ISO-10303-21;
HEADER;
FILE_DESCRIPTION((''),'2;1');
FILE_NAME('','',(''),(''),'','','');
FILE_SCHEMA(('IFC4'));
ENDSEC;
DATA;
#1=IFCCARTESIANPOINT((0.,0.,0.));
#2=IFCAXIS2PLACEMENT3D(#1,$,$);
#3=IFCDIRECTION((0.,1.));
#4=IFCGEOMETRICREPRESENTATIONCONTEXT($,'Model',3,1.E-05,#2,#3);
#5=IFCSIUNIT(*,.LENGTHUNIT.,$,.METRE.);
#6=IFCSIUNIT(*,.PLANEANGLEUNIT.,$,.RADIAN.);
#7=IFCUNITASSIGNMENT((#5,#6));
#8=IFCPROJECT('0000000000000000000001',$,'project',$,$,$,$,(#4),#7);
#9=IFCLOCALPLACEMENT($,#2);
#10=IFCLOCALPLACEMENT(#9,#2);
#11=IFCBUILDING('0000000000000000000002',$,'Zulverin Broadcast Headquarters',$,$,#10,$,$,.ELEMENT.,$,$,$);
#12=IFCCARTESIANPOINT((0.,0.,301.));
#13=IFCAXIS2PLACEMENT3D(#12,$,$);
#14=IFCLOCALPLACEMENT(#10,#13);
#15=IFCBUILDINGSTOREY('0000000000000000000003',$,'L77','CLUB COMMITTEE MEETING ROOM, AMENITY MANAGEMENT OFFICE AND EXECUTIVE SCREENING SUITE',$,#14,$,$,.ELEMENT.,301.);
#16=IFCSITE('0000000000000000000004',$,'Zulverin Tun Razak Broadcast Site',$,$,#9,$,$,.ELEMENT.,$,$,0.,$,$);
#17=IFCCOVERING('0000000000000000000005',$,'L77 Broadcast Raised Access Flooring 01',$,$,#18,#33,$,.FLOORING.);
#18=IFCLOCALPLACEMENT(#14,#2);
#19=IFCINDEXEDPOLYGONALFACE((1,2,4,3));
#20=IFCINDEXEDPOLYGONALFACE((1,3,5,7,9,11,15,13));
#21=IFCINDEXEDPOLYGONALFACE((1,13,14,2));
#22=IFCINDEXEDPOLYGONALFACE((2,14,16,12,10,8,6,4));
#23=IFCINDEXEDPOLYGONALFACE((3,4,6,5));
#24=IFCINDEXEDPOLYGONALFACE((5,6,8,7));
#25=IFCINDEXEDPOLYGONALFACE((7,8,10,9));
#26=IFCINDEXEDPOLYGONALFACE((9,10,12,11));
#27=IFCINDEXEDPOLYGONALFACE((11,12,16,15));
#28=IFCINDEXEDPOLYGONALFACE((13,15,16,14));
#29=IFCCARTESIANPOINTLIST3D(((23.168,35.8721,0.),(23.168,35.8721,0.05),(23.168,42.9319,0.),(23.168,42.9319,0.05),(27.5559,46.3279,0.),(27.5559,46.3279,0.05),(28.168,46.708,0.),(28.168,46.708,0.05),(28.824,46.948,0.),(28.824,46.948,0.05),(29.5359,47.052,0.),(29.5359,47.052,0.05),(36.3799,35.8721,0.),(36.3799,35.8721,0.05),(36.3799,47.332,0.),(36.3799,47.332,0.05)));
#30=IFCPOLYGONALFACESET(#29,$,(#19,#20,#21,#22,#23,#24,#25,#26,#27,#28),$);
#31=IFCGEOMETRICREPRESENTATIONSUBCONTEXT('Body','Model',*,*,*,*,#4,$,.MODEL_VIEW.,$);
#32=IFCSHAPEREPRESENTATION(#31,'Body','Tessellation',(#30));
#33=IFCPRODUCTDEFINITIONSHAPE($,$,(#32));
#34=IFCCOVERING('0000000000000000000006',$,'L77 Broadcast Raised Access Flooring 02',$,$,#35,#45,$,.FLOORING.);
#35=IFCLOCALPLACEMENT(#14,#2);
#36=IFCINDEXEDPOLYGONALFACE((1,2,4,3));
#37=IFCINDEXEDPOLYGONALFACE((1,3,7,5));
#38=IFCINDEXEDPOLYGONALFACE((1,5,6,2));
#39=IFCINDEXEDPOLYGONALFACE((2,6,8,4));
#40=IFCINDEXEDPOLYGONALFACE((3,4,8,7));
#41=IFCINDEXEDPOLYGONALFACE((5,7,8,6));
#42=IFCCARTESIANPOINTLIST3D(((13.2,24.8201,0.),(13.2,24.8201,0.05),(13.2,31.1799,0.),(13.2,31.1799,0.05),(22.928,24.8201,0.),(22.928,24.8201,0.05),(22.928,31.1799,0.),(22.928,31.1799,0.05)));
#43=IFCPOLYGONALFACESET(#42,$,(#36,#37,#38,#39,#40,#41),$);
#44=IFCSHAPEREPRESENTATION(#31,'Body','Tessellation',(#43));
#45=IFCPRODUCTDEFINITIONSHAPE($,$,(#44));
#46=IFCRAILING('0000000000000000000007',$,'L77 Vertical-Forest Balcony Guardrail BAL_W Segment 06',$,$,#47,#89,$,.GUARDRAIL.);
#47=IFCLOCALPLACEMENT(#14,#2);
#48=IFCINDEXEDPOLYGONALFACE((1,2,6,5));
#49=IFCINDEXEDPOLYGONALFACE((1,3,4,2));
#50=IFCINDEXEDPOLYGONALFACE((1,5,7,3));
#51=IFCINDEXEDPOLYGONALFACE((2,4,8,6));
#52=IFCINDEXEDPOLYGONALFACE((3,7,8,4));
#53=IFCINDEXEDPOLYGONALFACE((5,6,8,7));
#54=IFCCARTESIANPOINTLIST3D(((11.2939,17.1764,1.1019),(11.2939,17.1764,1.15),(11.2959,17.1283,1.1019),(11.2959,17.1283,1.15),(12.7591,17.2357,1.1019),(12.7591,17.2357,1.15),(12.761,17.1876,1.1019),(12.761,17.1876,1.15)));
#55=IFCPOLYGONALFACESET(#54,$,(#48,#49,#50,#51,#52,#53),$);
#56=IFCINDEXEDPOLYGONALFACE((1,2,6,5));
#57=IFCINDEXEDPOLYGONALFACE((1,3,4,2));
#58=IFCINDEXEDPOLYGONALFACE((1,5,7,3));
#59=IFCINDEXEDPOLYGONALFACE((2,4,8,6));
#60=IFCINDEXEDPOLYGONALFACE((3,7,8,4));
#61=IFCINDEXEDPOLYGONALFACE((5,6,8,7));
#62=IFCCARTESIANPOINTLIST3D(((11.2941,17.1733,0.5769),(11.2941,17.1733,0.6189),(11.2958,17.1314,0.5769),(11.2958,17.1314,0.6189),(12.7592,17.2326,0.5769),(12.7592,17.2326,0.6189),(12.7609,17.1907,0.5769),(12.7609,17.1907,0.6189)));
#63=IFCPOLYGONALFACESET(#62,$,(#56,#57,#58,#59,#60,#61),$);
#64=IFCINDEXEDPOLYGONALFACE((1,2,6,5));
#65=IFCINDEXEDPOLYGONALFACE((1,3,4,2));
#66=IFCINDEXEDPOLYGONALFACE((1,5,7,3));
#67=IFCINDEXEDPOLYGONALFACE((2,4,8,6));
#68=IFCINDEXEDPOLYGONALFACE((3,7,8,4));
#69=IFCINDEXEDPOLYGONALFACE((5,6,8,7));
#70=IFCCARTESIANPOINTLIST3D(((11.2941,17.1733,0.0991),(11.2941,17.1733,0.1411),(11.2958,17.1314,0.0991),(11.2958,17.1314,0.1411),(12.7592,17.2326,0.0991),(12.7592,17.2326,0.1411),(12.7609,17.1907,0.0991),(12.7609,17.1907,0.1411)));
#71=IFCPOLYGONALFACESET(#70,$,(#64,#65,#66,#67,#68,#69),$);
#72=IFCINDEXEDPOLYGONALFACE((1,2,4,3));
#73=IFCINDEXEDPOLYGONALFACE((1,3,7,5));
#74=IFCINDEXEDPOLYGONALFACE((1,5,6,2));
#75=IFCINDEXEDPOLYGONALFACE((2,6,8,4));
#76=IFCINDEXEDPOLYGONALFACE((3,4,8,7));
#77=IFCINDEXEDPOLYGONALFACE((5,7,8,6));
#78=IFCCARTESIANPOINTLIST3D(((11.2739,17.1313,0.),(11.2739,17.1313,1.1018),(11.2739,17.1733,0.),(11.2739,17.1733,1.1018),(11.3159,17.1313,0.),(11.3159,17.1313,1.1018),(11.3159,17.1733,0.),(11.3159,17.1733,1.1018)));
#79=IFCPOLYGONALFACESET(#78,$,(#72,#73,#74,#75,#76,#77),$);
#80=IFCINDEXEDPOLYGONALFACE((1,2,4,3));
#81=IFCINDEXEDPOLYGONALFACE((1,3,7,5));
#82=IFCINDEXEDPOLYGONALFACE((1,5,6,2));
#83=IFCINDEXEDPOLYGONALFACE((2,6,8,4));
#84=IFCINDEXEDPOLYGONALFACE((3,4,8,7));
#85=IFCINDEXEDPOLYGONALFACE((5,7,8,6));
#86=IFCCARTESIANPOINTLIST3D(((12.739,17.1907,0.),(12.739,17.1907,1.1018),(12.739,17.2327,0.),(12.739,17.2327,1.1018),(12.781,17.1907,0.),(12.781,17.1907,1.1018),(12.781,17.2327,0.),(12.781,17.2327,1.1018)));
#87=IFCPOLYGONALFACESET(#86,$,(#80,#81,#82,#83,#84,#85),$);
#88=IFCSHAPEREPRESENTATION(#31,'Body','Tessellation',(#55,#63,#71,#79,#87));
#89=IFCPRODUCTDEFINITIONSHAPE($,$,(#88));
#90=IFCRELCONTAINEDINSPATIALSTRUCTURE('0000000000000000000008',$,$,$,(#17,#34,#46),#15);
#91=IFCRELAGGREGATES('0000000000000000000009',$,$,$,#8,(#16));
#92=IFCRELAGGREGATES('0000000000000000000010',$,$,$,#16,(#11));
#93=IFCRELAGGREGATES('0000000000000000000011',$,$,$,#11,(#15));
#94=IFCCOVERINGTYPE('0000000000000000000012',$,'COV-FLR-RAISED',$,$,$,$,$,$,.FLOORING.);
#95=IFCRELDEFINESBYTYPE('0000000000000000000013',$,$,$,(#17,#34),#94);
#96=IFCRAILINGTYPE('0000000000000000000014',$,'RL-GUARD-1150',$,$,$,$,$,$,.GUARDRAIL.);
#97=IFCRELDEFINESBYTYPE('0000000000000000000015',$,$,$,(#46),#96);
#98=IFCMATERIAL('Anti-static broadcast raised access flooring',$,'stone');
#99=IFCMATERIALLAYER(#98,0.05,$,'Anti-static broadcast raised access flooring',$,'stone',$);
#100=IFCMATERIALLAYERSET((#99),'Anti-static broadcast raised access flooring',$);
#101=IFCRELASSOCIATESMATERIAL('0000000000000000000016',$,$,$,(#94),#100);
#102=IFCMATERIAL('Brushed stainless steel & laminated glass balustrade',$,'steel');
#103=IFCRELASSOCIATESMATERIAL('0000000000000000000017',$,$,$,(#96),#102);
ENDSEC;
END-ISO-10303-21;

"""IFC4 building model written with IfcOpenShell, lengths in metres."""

from ifc_helpers import new_model, si_unit, direction, frame, origin, origin_2d, place, context, subcontext, project, spatial, polyline, rectangle, outline, extrude, material, layer, layer_set, type_object, element, save


model = new_model("IFC4")

# Units and contexts
model_context = context("Model", 3, precision=1e-05, world=origin(), true_north=direction((0.0, 1.0)))
body_context = subcontext(model_context, "Body", "Model", "MODEL_VIEW")
ifc_project = project(units=[si_unit("LENGTHUNIT", "METRE"), si_unit("PLANEANGLEUNIT", "RADIAN")], contexts=[model_context])

# Site, building, storey
site_placement = place(None, origin())
site = spatial("IfcSite", under=ifc_project, at=site_placement, Name="Zulverin Tun Razak Broadcast Site", CompositionType="ELEMENT", RefElevation=0.0)
building_placement = place(site_placement, origin())
building = spatial("IfcBuilding", under=site, at=building_placement, Name="Zulverin Broadcast Headquarters", CompositionType="ELEMENT")
storey_placement = place(building_placement, frame((0.0, 0.0, 301.0)))
storey = spatial("IfcBuildingStorey", under=building, at=storey_placement, Name="L77", Description="CLUB COMMITTEE MEETING ROOM, AMENITY MANAGEMENT OFFICE AND EXECUTIVE SCREENING SUITE", CompositionType="ELEMENT", Elevation=301.0)

# Coverings
ifc_material_1 = material(Name="Anti-static broadcast raised access flooring", Category="stone")
ifc_layer_1 = layer(ifc_material_1, 0.05, Name="Anti-static broadcast raised access flooring", Category="stone")
ifc_layer_set_1 = layer_set([ifc_layer_1], Name="Anti-static broadcast raised access flooring")
covering_type_1 = type_object("IfcCoveringType", Name="COV-FLR-RAISED", PredefinedType="FLOORING", material=ifc_layer_set_1)
covering_1_placement = place(storey_placement, origin())
element("IfcCovering", 1, at=covering_1_placement, inside=storey, type_object=covering_type_1, Name="L77 Broadcast Raised Access Flooring 01", PredefinedType="FLOORING", context=body_context, shape_type="SweptSolid", body=[
    extrude(outline(polyline([(36.3799, 35.8721), (36.3799, 47.332), (29.5359, 47.052), (28.824, 46.948), (28.168, 46.708), (27.5559, 46.3279), (23.168, 42.9319), (23.168, 35.8721), (36.3799, 35.8721)])), origin(), (0.0, 0.0, 1.0), 0.05),
])
covering_2_placement = place(storey_placement, origin())
element("IfcCovering", 2, at=covering_2_placement, inside=storey, type_object=covering_type_1, Name="L77 Broadcast Raised Access Flooring 02", PredefinedType="FLOORING", context=body_context, shape_type="SweptSolid", body=[
    extrude(outline(polyline([(22.928, 31.1799), (13.2, 31.1799), (13.2, 24.8201), (22.928, 24.8201), (22.928, 31.1799)])), origin(), (0.0, 0.0, 1.0), 0.05),
])

# Railing
ifc_material_2 = material(Name="Brushed stainless steel & laminated glass balustrade", Category="steel")
railing_type = type_object("IfcRailingType", Name="RL-GUARD-1150", PredefinedType="GUARDRAIL", material=ifc_material_2)
railing_placement = place(storey_placement, frame((11.2949, 17.1523, 0.0)))
element("IfcRailing", 3, at=railing_placement, inside=storey, type_object=railing_type, Name="L77 Vertical-Forest Balcony Guardrail BAL_W Segment 06", PredefinedType="GUARDRAIL", context=body_context, shape_type="SweptSolid", body=[
    extrude(rectangle(XDim=0.0481, YDim=0.0481, at=origin_2d()), frame((0.0, 0.0, 1.126), z_axis=(0.999181, 0.04046, 0.0), x_axis=(-0.04046, 0.999181, 0.0)), (0.0, 0.0, 1.0), 1.4663),
    extrude(rectangle(XDim=0.042, YDim=0.042, at=origin_2d()), frame((0.0, 0.0, 0.5979), z_axis=(0.999181, 0.04046, 0.0), x_axis=(-0.04046, 0.999181, 0.0)), (0.0, 0.0, 1.0), 1.4663),
    extrude(rectangle(XDim=0.042, YDim=0.042, at=origin_2d()), frame((0.0, 0.0, 0.1201), z_axis=(0.999181, 0.04046, 0.0), x_axis=(-0.04046, 0.999181, 0.0)), (0.0, 0.0, 1.0), 1.4663),
    extrude(rectangle(XDim=0.042, YDim=0.042, at=origin_2d()), origin(), (0.0, 0.0, 1.0), 1.1018),
    extrude(rectangle(XDim=0.042, YDim=0.042, at=origin_2d()), frame((1.4651, 0.0593, 0.0)), (0.0, 0.0, 1.0), 1.1018),
])

save(model, "model.ifc")
